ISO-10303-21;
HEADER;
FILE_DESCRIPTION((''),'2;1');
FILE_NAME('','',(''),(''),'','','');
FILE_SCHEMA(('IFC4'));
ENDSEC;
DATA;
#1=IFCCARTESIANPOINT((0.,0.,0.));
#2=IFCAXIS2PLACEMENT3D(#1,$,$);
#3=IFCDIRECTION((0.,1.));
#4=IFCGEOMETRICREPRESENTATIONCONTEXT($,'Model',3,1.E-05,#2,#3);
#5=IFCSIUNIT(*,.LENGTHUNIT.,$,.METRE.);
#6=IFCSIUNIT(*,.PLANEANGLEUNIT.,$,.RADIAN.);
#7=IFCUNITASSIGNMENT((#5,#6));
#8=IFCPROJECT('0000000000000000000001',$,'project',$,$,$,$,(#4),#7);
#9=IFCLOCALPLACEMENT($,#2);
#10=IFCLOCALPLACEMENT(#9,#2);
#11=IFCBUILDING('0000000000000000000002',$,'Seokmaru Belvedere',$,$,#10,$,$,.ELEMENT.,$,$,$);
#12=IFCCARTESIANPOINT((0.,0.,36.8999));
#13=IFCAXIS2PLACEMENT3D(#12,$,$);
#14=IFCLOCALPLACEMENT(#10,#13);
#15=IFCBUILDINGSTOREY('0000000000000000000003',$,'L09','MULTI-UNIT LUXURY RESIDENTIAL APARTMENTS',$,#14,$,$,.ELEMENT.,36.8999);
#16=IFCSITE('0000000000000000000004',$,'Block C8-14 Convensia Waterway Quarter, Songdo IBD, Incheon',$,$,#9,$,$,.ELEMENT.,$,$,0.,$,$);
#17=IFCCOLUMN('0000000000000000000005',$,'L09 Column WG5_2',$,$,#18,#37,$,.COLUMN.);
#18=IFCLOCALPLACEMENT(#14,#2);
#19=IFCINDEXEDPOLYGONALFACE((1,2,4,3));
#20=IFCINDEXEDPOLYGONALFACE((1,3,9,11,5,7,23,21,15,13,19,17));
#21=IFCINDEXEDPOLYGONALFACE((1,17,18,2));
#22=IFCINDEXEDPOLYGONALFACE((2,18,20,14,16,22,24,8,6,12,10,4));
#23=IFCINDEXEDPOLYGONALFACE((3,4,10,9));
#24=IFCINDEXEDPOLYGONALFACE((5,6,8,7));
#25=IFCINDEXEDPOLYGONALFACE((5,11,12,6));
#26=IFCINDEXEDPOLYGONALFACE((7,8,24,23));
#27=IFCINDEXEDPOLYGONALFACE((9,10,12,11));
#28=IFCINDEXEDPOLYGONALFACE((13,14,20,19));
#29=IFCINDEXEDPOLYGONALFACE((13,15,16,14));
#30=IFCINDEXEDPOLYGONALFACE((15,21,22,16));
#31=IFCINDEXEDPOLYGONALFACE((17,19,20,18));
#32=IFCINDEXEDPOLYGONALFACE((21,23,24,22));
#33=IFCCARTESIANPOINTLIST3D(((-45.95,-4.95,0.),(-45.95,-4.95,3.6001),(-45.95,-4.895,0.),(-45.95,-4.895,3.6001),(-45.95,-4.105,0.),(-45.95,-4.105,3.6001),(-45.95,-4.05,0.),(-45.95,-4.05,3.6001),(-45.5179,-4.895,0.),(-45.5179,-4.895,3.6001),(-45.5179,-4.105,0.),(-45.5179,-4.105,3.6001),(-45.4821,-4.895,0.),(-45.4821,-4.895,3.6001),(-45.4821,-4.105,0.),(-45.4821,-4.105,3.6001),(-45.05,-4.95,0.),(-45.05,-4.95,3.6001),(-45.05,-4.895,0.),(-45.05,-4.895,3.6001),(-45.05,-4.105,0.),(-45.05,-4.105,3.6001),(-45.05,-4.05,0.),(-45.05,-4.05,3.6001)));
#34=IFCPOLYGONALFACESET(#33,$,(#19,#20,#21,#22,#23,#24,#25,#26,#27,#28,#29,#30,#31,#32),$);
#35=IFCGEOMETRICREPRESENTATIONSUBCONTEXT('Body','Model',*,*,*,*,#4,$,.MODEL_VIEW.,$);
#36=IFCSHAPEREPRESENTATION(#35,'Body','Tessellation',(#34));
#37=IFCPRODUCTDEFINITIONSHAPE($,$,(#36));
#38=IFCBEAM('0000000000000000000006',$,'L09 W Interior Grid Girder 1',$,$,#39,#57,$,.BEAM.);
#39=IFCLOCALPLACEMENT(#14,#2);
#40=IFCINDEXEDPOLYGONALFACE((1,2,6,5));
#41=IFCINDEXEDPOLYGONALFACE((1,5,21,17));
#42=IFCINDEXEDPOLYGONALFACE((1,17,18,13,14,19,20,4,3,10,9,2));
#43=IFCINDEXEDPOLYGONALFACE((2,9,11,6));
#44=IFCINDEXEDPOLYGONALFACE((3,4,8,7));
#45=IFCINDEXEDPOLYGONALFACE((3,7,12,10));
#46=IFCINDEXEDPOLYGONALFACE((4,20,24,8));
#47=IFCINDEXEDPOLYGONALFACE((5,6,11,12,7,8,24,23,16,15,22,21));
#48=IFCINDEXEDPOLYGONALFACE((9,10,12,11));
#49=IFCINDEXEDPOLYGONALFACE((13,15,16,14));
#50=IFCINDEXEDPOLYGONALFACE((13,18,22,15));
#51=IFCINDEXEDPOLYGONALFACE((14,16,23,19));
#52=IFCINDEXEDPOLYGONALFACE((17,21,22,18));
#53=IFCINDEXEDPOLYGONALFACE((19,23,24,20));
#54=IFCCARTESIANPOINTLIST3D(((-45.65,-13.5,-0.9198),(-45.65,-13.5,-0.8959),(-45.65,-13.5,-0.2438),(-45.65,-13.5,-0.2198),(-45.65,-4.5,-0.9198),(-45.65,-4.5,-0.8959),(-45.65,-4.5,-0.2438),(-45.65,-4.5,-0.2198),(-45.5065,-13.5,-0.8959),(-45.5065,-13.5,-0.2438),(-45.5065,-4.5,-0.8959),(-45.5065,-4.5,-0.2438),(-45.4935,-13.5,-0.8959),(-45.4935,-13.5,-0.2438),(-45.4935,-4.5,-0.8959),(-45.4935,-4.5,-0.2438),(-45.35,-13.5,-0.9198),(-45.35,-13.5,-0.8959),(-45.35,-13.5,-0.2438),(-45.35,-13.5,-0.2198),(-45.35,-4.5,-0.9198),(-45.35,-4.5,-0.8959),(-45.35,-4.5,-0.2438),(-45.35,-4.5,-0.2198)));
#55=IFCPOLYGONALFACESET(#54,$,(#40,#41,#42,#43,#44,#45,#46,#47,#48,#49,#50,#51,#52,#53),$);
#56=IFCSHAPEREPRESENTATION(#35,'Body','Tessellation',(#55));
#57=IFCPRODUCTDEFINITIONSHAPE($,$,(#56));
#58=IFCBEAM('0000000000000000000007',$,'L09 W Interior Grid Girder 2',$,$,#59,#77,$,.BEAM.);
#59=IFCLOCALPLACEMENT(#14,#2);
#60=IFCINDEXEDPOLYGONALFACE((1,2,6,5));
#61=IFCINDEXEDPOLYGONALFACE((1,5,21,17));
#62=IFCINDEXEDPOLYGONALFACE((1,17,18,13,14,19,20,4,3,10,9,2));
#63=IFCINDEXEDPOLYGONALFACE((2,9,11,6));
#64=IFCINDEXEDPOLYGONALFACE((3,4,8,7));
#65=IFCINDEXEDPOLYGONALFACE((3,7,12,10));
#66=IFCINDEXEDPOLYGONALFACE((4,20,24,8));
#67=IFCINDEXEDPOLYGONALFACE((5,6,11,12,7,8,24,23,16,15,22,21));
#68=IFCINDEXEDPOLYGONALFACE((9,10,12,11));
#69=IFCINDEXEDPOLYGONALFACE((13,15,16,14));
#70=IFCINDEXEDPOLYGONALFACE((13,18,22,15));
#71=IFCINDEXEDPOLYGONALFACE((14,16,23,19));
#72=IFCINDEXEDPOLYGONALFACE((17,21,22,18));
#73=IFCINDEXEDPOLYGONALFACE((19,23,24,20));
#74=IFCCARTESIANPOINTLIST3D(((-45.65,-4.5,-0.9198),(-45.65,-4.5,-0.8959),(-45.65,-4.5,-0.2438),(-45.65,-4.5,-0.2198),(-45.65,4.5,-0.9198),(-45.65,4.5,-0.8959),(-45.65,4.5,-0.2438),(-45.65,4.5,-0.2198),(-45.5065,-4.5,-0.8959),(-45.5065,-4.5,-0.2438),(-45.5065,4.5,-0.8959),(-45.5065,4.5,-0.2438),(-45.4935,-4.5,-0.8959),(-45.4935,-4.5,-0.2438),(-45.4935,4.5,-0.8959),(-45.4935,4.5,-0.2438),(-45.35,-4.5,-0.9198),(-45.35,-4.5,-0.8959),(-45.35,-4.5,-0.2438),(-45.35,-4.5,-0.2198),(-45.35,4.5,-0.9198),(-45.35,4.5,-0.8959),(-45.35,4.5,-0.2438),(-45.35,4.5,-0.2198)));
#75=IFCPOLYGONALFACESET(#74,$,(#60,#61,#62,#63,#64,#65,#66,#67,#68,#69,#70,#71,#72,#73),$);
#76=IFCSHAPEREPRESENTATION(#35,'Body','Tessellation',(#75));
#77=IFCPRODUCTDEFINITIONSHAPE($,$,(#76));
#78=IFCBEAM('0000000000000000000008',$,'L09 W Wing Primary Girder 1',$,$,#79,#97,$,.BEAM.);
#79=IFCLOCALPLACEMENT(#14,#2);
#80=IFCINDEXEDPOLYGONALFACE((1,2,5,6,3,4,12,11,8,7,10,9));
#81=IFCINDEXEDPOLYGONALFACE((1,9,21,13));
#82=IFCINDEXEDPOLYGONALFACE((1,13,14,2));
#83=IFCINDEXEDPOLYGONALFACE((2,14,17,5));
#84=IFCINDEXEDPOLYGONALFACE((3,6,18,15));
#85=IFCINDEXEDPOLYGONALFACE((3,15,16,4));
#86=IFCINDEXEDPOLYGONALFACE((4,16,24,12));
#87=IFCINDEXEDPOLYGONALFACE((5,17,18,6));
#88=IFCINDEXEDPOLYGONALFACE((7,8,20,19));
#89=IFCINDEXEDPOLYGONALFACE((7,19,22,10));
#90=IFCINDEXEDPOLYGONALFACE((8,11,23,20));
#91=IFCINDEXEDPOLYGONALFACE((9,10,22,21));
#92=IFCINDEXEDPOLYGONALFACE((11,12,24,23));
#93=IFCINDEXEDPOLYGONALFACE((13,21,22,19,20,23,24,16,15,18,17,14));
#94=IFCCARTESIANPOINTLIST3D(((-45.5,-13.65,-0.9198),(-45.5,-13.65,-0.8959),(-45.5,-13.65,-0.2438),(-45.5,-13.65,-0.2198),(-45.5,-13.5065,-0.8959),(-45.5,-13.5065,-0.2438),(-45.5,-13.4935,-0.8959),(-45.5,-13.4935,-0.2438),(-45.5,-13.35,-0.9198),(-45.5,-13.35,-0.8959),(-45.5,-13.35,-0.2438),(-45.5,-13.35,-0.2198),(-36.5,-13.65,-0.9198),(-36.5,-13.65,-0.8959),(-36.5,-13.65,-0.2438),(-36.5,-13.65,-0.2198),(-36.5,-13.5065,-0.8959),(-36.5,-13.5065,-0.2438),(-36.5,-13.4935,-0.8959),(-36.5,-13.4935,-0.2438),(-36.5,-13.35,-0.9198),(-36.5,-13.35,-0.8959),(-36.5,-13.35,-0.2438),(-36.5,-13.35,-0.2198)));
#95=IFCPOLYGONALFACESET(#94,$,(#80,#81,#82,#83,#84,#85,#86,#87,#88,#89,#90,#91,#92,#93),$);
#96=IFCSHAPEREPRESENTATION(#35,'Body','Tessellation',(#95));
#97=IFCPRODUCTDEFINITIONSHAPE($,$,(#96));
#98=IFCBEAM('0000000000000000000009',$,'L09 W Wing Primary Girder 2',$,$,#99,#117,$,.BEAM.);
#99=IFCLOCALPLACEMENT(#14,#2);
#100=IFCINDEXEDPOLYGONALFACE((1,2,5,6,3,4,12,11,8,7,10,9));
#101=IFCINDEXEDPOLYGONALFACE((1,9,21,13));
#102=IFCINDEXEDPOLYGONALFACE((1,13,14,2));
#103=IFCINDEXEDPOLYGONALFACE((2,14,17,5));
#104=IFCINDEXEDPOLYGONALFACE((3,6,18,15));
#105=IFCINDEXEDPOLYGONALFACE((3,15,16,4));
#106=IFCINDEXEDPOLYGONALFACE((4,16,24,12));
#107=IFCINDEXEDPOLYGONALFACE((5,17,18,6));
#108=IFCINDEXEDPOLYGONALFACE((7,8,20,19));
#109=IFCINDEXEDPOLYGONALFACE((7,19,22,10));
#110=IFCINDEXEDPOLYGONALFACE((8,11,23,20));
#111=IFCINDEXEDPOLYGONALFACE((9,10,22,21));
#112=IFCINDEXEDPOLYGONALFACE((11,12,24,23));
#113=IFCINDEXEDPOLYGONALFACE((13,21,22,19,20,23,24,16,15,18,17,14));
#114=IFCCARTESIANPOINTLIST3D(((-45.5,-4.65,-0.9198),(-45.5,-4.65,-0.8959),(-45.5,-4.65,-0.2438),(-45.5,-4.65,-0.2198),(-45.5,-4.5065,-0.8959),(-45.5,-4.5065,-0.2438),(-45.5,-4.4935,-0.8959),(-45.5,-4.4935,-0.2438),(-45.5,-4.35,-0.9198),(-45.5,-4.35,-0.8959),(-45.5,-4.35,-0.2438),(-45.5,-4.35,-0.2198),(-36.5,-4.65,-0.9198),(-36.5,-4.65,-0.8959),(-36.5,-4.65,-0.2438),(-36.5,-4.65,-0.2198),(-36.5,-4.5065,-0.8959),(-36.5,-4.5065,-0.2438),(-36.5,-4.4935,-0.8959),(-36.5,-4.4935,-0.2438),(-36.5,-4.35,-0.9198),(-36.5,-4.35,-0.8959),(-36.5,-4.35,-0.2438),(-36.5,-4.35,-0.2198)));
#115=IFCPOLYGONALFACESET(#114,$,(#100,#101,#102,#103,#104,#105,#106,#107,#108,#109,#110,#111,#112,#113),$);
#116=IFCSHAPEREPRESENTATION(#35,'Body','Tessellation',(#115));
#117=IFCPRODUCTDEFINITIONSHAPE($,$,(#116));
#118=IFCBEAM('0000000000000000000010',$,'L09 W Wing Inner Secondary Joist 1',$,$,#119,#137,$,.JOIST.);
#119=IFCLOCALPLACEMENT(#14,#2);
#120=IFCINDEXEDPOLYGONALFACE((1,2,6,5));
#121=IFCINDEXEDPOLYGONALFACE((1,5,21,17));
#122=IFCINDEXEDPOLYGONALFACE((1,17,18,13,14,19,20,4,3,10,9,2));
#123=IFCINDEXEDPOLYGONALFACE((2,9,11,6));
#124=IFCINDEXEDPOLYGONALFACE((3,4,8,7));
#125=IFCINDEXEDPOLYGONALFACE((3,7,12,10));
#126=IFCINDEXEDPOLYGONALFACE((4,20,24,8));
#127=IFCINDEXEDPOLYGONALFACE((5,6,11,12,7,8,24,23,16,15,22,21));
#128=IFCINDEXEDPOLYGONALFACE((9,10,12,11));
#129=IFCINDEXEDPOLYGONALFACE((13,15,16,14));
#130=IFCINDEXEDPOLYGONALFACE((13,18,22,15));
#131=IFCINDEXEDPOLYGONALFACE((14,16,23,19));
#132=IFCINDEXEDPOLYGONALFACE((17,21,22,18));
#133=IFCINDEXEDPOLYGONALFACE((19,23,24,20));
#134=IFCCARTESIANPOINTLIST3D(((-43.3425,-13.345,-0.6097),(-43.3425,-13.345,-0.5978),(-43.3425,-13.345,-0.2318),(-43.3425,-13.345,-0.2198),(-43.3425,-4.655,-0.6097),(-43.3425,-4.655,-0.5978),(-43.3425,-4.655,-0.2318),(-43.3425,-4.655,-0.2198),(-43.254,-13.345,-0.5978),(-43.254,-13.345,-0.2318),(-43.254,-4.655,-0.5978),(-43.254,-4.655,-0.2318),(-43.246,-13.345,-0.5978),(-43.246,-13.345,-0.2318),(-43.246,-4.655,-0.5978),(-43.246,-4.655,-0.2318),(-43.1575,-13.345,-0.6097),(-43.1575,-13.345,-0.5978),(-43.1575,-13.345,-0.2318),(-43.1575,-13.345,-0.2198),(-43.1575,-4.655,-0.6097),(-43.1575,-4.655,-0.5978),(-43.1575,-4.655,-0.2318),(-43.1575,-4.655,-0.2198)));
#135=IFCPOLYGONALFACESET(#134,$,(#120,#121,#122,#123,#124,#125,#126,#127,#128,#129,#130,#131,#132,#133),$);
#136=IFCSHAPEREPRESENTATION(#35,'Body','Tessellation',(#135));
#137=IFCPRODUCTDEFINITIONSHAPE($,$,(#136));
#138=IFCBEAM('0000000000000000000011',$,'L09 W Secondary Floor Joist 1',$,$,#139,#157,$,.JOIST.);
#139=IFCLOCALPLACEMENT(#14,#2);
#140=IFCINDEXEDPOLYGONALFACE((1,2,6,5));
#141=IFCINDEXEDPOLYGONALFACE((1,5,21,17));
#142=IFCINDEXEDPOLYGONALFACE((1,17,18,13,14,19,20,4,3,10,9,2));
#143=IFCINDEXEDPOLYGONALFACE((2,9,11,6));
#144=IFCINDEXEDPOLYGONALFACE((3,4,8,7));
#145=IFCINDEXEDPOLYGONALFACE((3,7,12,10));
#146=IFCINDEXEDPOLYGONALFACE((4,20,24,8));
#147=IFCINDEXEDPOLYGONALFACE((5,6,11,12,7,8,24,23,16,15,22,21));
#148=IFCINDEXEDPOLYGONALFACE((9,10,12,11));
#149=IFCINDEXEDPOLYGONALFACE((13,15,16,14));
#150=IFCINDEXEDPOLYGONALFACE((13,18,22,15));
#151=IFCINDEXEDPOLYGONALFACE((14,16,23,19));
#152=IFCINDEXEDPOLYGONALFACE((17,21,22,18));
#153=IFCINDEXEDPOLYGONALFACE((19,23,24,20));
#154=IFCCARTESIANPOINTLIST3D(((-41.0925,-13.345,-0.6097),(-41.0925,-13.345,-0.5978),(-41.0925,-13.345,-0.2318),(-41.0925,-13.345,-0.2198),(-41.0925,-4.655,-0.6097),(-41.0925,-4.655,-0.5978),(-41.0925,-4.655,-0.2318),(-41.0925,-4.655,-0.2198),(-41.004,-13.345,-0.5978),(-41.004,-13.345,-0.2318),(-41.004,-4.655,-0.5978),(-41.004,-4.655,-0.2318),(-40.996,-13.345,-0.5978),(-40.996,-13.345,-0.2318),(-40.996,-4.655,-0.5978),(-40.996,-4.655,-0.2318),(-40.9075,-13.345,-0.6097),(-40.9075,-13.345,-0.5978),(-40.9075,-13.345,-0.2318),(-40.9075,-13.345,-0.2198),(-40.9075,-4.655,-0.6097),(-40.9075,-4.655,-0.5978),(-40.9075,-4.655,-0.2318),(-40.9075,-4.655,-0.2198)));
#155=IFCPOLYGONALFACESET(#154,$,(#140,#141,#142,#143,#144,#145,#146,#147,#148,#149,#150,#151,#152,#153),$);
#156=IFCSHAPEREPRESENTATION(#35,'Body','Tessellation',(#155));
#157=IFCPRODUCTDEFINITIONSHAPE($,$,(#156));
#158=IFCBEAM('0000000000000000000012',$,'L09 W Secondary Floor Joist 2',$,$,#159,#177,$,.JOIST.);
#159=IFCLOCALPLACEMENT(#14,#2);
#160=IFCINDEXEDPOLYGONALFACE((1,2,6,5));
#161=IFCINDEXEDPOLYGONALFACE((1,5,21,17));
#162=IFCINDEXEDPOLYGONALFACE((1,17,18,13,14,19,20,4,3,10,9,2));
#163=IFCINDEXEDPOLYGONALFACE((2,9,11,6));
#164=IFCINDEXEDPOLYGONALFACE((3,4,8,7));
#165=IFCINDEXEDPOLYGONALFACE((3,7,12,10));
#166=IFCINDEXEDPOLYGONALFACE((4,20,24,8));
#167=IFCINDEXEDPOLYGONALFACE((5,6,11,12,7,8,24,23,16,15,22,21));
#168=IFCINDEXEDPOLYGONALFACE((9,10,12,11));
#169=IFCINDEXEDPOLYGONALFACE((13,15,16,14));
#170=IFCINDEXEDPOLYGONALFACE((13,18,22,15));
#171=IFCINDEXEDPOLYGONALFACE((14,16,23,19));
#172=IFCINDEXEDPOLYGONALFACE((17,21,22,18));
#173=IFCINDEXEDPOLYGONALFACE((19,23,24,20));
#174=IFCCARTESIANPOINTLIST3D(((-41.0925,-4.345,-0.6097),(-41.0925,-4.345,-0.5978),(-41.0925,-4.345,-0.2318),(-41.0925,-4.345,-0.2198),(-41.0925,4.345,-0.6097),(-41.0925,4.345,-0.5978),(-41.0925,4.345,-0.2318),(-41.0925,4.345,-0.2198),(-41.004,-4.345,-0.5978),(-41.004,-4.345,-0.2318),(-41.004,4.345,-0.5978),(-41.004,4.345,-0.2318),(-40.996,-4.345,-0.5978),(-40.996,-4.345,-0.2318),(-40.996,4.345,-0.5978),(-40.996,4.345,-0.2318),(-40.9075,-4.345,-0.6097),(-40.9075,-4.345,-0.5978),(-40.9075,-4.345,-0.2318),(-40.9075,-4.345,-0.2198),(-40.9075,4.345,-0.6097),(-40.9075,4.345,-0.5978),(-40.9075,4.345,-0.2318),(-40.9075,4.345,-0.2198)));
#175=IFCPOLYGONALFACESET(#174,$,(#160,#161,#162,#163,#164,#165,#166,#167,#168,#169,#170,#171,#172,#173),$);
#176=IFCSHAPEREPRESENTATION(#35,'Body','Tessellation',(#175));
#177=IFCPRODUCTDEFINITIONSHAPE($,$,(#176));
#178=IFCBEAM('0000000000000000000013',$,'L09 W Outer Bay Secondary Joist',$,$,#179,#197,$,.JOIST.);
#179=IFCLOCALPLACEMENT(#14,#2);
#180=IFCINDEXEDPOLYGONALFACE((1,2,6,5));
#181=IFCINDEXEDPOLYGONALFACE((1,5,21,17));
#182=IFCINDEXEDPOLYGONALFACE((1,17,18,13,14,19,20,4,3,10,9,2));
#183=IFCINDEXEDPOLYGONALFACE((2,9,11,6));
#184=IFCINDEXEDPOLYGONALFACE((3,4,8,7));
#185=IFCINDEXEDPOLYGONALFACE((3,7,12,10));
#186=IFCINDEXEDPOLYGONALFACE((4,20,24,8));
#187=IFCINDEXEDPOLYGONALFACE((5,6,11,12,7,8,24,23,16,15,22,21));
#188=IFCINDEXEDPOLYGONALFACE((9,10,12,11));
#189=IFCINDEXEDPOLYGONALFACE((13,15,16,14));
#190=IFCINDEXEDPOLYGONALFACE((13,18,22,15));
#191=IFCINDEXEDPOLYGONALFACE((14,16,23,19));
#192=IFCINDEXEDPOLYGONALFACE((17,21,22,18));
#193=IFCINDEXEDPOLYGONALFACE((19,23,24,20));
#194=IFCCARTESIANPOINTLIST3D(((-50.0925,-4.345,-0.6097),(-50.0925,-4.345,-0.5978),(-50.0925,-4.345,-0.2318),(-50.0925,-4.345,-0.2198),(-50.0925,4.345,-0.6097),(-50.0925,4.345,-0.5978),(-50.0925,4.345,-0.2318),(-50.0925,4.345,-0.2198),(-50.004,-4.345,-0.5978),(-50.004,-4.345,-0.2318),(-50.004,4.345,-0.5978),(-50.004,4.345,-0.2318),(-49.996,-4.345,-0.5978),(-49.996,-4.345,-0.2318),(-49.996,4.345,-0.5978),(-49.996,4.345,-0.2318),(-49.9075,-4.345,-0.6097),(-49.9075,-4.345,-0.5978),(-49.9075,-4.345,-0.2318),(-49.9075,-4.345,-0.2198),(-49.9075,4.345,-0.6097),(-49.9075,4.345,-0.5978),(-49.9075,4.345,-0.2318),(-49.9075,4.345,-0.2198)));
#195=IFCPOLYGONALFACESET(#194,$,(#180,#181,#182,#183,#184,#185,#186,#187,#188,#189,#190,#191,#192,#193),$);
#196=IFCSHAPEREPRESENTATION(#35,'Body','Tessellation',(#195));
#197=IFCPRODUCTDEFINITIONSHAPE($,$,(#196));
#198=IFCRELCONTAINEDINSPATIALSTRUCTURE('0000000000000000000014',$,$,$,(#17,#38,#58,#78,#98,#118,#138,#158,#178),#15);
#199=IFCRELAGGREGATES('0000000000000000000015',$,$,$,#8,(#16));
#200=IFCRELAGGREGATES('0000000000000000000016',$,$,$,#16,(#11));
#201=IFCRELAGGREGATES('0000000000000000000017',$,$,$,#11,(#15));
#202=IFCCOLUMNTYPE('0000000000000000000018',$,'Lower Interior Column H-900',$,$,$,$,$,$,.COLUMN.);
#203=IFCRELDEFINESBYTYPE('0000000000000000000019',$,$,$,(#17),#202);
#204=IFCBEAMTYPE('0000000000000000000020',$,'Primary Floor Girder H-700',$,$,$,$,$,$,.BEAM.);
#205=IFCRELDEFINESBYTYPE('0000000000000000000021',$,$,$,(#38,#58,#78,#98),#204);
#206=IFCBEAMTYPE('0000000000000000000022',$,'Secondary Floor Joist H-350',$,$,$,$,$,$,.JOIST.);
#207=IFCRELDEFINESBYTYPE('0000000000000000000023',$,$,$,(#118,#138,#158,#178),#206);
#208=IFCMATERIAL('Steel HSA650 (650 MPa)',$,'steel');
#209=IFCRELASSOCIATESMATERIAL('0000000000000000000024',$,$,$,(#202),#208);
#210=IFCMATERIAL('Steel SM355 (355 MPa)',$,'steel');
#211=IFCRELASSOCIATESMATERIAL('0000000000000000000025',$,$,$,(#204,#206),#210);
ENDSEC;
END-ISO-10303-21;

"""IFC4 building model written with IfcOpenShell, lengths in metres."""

from ifc_helpers import new_model, si_unit, direction, frame, origin, origin_2d, place, context, subcontext, project, spatial, i_section, extrude, source, transform, mapped, material, material_profile, profile_set, type_object, type_shapes, element, save


model = new_model("IFC4")

# Units and contexts
model_context = context("Model", 3, precision=1e-05, world=origin(), true_north=direction((0.0, 1.0)))
body_context = subcontext(model_context, "Body", "Model", "MODEL_VIEW")
ifc_project = project(units=[si_unit("LENGTHUNIT", "METRE"), si_unit("PLANEANGLEUNIT", "RADIAN")], contexts=[model_context])

# Site, building, storey
site_placement = place(None, origin())
site = spatial("IfcSite", under=ifc_project, at=site_placement, Name="Block C8-14 Convensia Waterway Quarter, Songdo IBD, Incheon", CompositionType="ELEMENT", RefElevation=0.0)
building_placement = place(site_placement, origin())
building = spatial("IfcBuilding", under=site, at=building_placement, Name="Seokmaru Belvedere", CompositionType="ELEMENT")
storey_placement = place(building_placement, frame((0.0, 0.0, 36.8999)))
storey = spatial("IfcBuildingStorey", under=building, at=storey_placement, Name="L09", Description="MULTI-UNIT LUXURY RESIDENTIAL APARTMENTS", CompositionType="ELEMENT", Elevation=36.8999)

# Column
ifc_material_1 = material(Name="Steel HSA650 (650 MPa)", Category="steel")
ifc_material_profile_1 = material_profile(ifc_material_1, i_section(OverallWidth=0.8999, OverallDepth=0.8999, WebThickness=0.0359, FlangeThickness=0.0549, at=origin_2d()), Name="H-900x900x36x55")
ifc_profile_set_1 = profile_set([ifc_material_profile_1], Name="Steel HSA650 (650 MPa)")
column_type = type_object("IfcColumnType", Name="Lower Interior Column H-900", PredefinedType="COLUMN", material=ifc_profile_set_1)
shared_shape_1 = source(origin(), body_context, "Body", "SweptSolid", [
    extrude(i_section(OverallWidth=0.8999, OverallDepth=0.8999, WebThickness=0.0359, FlangeThickness=0.0549, at=origin_2d()), origin(), (0.0, 0.0, 1.0), 3.6001),
])
type_shapes(column_type, [shared_shape_1])
column_placement = place(storey_placement, frame((-45.5, -4.5, 0.0), z_axis=(0.0, 0.0, 1.0), x_axis=(1.0, 0.0, 0.0)))
element("IfcColumn", 1, at=column_placement, inside=storey, type_object=column_type, Name="L09 Column WG5_2", PredefinedType="COLUMN", context=body_context, shape_type="MappedRepresentation", body=[
    mapped(shared_shape_1, transform((0.0, 0.0, 0.0), scale=1.0)),
])

# Beams
ifc_material_2 = material(Name="Steel SM355 (355 MPa)", Category="steel")
ifc_material_profile_2 = material_profile(ifc_material_2, i_section(OverallWidth=0.3, OverallDepth=0.7, WebThickness=0.0129, FlangeThickness=0.0239, at=origin_2d()), Name="H-700x300x13x24")
ifc_profile_set_2 = profile_set([ifc_material_profile_2], Name="Steel SM355 (355 MPa)")
beam_type_1 = type_object("IfcBeamType", Name="Primary Floor Girder H-700", PredefinedType="BEAM", material=ifc_profile_set_2)
shared_shape_2 = source(origin(), body_context, "Body", "SweptSolid", [
    extrude(i_section(OverallWidth=0.3, OverallDepth=0.7, WebThickness=0.0129, FlangeThickness=0.0239, at=origin_2d()), origin(), (0.0, 0.0, 1.0), 9.0),
])
type_shapes(beam_type_1, [shared_shape_2])
for number, where, z_axis, x_axis, name in (
    (2, (-45.5, -13.5, -0.5698), (0.0, 1.0, 0.0), (-1.0, 0.0, 0.0), "L09 W Interior Grid Girder 1"),
    (3, (-45.5, -4.5, -0.5698), (0.0, 1.0, 0.0), (-1.0, 0.0, 0.0), "L09 W Interior Grid Girder 2"),
    (4, (-45.5, -13.5, -0.5698), (1.0, 0.0, 0.0), (0.0, 1.0, 0.0), "L09 W Wing Primary Girder 1"),
    (5, (-45.5, -4.5, -0.5698), (1.0, 0.0, 0.0), (0.0, 1.0, 0.0), "L09 W Wing Primary Girder 2"),
):
    element("IfcBeam", number, at=place(storey_placement, frame(where, z_axis=z_axis, x_axis=x_axis)), inside=storey, type_object=beam_type_1, Name=name, PredefinedType="BEAM", context=body_context, shape_type="MappedRepresentation", body=[
        mapped(shared_shape_2, transform((0.0, 0.0, 0.0), scale=1.0)),
    ])
ifc_material_profile_3 = material_profile(ifc_material_2, i_section(OverallWidth=0.1851, OverallDepth=0.3899, WebThickness=0.0081, FlangeThickness=0.012, at=origin_2d()), Name="H-390x185x8x12")
ifc_profile_set_3 = profile_set([ifc_material_profile_3], Name="Steel SM355 (355 MPa)")
beam_type_2 = type_object("IfcBeamType", Name="Secondary Floor Joist H-350", PredefinedType="JOIST", material=ifc_profile_set_3)
shared_shape_3 = source(origin(), body_context, "Body", "SweptSolid", [
    extrude(i_section(OverallWidth=0.1851, OverallDepth=0.3899, WebThickness=0.0081, FlangeThickness=0.012, at=origin_2d()), origin(), (0.0, 0.0, 1.0), 8.6899),
])
type_shapes(beam_type_2, [shared_shape_3])
for number, where, z_axis, x_axis, name in (
    (6, (-43.25, -13.345, -0.4148), (0.0, 1.0, 0.0), (-1.0, 0.0, 0.0), "L09 W Wing Inner Secondary Joist 1"),
    (7, (-41.0, -13.345, -0.4148), (0.0, 1.0, 0.0), (-1.0, 0.0, 0.0), "L09 W Secondary Floor Joist 1"),
    (8, (-41.0, -4.345, -0.4148), (0.0, 1.0, 0.0), (-1.0, 0.0, 0.0), "L09 W Secondary Floor Joist 2"),
    (9, (-50.0, -4.345, -0.4148), (0.0, 1.0, 0.0), (-1.0, 0.0, 0.0), "L09 W Outer Bay Secondary Joist"),
):
    element("IfcBeam", number, at=place(storey_placement, frame(where, z_axis=z_axis, x_axis=x_axis)), inside=storey, type_object=beam_type_2, Name=name, PredefinedType="JOIST", context=body_context, shape_type="MappedRepresentation", body=[
        mapped(shared_shape_3, transform((0.0, 0.0, 0.0), scale=1.0)),
    ])

save(model, "model.ifc")
